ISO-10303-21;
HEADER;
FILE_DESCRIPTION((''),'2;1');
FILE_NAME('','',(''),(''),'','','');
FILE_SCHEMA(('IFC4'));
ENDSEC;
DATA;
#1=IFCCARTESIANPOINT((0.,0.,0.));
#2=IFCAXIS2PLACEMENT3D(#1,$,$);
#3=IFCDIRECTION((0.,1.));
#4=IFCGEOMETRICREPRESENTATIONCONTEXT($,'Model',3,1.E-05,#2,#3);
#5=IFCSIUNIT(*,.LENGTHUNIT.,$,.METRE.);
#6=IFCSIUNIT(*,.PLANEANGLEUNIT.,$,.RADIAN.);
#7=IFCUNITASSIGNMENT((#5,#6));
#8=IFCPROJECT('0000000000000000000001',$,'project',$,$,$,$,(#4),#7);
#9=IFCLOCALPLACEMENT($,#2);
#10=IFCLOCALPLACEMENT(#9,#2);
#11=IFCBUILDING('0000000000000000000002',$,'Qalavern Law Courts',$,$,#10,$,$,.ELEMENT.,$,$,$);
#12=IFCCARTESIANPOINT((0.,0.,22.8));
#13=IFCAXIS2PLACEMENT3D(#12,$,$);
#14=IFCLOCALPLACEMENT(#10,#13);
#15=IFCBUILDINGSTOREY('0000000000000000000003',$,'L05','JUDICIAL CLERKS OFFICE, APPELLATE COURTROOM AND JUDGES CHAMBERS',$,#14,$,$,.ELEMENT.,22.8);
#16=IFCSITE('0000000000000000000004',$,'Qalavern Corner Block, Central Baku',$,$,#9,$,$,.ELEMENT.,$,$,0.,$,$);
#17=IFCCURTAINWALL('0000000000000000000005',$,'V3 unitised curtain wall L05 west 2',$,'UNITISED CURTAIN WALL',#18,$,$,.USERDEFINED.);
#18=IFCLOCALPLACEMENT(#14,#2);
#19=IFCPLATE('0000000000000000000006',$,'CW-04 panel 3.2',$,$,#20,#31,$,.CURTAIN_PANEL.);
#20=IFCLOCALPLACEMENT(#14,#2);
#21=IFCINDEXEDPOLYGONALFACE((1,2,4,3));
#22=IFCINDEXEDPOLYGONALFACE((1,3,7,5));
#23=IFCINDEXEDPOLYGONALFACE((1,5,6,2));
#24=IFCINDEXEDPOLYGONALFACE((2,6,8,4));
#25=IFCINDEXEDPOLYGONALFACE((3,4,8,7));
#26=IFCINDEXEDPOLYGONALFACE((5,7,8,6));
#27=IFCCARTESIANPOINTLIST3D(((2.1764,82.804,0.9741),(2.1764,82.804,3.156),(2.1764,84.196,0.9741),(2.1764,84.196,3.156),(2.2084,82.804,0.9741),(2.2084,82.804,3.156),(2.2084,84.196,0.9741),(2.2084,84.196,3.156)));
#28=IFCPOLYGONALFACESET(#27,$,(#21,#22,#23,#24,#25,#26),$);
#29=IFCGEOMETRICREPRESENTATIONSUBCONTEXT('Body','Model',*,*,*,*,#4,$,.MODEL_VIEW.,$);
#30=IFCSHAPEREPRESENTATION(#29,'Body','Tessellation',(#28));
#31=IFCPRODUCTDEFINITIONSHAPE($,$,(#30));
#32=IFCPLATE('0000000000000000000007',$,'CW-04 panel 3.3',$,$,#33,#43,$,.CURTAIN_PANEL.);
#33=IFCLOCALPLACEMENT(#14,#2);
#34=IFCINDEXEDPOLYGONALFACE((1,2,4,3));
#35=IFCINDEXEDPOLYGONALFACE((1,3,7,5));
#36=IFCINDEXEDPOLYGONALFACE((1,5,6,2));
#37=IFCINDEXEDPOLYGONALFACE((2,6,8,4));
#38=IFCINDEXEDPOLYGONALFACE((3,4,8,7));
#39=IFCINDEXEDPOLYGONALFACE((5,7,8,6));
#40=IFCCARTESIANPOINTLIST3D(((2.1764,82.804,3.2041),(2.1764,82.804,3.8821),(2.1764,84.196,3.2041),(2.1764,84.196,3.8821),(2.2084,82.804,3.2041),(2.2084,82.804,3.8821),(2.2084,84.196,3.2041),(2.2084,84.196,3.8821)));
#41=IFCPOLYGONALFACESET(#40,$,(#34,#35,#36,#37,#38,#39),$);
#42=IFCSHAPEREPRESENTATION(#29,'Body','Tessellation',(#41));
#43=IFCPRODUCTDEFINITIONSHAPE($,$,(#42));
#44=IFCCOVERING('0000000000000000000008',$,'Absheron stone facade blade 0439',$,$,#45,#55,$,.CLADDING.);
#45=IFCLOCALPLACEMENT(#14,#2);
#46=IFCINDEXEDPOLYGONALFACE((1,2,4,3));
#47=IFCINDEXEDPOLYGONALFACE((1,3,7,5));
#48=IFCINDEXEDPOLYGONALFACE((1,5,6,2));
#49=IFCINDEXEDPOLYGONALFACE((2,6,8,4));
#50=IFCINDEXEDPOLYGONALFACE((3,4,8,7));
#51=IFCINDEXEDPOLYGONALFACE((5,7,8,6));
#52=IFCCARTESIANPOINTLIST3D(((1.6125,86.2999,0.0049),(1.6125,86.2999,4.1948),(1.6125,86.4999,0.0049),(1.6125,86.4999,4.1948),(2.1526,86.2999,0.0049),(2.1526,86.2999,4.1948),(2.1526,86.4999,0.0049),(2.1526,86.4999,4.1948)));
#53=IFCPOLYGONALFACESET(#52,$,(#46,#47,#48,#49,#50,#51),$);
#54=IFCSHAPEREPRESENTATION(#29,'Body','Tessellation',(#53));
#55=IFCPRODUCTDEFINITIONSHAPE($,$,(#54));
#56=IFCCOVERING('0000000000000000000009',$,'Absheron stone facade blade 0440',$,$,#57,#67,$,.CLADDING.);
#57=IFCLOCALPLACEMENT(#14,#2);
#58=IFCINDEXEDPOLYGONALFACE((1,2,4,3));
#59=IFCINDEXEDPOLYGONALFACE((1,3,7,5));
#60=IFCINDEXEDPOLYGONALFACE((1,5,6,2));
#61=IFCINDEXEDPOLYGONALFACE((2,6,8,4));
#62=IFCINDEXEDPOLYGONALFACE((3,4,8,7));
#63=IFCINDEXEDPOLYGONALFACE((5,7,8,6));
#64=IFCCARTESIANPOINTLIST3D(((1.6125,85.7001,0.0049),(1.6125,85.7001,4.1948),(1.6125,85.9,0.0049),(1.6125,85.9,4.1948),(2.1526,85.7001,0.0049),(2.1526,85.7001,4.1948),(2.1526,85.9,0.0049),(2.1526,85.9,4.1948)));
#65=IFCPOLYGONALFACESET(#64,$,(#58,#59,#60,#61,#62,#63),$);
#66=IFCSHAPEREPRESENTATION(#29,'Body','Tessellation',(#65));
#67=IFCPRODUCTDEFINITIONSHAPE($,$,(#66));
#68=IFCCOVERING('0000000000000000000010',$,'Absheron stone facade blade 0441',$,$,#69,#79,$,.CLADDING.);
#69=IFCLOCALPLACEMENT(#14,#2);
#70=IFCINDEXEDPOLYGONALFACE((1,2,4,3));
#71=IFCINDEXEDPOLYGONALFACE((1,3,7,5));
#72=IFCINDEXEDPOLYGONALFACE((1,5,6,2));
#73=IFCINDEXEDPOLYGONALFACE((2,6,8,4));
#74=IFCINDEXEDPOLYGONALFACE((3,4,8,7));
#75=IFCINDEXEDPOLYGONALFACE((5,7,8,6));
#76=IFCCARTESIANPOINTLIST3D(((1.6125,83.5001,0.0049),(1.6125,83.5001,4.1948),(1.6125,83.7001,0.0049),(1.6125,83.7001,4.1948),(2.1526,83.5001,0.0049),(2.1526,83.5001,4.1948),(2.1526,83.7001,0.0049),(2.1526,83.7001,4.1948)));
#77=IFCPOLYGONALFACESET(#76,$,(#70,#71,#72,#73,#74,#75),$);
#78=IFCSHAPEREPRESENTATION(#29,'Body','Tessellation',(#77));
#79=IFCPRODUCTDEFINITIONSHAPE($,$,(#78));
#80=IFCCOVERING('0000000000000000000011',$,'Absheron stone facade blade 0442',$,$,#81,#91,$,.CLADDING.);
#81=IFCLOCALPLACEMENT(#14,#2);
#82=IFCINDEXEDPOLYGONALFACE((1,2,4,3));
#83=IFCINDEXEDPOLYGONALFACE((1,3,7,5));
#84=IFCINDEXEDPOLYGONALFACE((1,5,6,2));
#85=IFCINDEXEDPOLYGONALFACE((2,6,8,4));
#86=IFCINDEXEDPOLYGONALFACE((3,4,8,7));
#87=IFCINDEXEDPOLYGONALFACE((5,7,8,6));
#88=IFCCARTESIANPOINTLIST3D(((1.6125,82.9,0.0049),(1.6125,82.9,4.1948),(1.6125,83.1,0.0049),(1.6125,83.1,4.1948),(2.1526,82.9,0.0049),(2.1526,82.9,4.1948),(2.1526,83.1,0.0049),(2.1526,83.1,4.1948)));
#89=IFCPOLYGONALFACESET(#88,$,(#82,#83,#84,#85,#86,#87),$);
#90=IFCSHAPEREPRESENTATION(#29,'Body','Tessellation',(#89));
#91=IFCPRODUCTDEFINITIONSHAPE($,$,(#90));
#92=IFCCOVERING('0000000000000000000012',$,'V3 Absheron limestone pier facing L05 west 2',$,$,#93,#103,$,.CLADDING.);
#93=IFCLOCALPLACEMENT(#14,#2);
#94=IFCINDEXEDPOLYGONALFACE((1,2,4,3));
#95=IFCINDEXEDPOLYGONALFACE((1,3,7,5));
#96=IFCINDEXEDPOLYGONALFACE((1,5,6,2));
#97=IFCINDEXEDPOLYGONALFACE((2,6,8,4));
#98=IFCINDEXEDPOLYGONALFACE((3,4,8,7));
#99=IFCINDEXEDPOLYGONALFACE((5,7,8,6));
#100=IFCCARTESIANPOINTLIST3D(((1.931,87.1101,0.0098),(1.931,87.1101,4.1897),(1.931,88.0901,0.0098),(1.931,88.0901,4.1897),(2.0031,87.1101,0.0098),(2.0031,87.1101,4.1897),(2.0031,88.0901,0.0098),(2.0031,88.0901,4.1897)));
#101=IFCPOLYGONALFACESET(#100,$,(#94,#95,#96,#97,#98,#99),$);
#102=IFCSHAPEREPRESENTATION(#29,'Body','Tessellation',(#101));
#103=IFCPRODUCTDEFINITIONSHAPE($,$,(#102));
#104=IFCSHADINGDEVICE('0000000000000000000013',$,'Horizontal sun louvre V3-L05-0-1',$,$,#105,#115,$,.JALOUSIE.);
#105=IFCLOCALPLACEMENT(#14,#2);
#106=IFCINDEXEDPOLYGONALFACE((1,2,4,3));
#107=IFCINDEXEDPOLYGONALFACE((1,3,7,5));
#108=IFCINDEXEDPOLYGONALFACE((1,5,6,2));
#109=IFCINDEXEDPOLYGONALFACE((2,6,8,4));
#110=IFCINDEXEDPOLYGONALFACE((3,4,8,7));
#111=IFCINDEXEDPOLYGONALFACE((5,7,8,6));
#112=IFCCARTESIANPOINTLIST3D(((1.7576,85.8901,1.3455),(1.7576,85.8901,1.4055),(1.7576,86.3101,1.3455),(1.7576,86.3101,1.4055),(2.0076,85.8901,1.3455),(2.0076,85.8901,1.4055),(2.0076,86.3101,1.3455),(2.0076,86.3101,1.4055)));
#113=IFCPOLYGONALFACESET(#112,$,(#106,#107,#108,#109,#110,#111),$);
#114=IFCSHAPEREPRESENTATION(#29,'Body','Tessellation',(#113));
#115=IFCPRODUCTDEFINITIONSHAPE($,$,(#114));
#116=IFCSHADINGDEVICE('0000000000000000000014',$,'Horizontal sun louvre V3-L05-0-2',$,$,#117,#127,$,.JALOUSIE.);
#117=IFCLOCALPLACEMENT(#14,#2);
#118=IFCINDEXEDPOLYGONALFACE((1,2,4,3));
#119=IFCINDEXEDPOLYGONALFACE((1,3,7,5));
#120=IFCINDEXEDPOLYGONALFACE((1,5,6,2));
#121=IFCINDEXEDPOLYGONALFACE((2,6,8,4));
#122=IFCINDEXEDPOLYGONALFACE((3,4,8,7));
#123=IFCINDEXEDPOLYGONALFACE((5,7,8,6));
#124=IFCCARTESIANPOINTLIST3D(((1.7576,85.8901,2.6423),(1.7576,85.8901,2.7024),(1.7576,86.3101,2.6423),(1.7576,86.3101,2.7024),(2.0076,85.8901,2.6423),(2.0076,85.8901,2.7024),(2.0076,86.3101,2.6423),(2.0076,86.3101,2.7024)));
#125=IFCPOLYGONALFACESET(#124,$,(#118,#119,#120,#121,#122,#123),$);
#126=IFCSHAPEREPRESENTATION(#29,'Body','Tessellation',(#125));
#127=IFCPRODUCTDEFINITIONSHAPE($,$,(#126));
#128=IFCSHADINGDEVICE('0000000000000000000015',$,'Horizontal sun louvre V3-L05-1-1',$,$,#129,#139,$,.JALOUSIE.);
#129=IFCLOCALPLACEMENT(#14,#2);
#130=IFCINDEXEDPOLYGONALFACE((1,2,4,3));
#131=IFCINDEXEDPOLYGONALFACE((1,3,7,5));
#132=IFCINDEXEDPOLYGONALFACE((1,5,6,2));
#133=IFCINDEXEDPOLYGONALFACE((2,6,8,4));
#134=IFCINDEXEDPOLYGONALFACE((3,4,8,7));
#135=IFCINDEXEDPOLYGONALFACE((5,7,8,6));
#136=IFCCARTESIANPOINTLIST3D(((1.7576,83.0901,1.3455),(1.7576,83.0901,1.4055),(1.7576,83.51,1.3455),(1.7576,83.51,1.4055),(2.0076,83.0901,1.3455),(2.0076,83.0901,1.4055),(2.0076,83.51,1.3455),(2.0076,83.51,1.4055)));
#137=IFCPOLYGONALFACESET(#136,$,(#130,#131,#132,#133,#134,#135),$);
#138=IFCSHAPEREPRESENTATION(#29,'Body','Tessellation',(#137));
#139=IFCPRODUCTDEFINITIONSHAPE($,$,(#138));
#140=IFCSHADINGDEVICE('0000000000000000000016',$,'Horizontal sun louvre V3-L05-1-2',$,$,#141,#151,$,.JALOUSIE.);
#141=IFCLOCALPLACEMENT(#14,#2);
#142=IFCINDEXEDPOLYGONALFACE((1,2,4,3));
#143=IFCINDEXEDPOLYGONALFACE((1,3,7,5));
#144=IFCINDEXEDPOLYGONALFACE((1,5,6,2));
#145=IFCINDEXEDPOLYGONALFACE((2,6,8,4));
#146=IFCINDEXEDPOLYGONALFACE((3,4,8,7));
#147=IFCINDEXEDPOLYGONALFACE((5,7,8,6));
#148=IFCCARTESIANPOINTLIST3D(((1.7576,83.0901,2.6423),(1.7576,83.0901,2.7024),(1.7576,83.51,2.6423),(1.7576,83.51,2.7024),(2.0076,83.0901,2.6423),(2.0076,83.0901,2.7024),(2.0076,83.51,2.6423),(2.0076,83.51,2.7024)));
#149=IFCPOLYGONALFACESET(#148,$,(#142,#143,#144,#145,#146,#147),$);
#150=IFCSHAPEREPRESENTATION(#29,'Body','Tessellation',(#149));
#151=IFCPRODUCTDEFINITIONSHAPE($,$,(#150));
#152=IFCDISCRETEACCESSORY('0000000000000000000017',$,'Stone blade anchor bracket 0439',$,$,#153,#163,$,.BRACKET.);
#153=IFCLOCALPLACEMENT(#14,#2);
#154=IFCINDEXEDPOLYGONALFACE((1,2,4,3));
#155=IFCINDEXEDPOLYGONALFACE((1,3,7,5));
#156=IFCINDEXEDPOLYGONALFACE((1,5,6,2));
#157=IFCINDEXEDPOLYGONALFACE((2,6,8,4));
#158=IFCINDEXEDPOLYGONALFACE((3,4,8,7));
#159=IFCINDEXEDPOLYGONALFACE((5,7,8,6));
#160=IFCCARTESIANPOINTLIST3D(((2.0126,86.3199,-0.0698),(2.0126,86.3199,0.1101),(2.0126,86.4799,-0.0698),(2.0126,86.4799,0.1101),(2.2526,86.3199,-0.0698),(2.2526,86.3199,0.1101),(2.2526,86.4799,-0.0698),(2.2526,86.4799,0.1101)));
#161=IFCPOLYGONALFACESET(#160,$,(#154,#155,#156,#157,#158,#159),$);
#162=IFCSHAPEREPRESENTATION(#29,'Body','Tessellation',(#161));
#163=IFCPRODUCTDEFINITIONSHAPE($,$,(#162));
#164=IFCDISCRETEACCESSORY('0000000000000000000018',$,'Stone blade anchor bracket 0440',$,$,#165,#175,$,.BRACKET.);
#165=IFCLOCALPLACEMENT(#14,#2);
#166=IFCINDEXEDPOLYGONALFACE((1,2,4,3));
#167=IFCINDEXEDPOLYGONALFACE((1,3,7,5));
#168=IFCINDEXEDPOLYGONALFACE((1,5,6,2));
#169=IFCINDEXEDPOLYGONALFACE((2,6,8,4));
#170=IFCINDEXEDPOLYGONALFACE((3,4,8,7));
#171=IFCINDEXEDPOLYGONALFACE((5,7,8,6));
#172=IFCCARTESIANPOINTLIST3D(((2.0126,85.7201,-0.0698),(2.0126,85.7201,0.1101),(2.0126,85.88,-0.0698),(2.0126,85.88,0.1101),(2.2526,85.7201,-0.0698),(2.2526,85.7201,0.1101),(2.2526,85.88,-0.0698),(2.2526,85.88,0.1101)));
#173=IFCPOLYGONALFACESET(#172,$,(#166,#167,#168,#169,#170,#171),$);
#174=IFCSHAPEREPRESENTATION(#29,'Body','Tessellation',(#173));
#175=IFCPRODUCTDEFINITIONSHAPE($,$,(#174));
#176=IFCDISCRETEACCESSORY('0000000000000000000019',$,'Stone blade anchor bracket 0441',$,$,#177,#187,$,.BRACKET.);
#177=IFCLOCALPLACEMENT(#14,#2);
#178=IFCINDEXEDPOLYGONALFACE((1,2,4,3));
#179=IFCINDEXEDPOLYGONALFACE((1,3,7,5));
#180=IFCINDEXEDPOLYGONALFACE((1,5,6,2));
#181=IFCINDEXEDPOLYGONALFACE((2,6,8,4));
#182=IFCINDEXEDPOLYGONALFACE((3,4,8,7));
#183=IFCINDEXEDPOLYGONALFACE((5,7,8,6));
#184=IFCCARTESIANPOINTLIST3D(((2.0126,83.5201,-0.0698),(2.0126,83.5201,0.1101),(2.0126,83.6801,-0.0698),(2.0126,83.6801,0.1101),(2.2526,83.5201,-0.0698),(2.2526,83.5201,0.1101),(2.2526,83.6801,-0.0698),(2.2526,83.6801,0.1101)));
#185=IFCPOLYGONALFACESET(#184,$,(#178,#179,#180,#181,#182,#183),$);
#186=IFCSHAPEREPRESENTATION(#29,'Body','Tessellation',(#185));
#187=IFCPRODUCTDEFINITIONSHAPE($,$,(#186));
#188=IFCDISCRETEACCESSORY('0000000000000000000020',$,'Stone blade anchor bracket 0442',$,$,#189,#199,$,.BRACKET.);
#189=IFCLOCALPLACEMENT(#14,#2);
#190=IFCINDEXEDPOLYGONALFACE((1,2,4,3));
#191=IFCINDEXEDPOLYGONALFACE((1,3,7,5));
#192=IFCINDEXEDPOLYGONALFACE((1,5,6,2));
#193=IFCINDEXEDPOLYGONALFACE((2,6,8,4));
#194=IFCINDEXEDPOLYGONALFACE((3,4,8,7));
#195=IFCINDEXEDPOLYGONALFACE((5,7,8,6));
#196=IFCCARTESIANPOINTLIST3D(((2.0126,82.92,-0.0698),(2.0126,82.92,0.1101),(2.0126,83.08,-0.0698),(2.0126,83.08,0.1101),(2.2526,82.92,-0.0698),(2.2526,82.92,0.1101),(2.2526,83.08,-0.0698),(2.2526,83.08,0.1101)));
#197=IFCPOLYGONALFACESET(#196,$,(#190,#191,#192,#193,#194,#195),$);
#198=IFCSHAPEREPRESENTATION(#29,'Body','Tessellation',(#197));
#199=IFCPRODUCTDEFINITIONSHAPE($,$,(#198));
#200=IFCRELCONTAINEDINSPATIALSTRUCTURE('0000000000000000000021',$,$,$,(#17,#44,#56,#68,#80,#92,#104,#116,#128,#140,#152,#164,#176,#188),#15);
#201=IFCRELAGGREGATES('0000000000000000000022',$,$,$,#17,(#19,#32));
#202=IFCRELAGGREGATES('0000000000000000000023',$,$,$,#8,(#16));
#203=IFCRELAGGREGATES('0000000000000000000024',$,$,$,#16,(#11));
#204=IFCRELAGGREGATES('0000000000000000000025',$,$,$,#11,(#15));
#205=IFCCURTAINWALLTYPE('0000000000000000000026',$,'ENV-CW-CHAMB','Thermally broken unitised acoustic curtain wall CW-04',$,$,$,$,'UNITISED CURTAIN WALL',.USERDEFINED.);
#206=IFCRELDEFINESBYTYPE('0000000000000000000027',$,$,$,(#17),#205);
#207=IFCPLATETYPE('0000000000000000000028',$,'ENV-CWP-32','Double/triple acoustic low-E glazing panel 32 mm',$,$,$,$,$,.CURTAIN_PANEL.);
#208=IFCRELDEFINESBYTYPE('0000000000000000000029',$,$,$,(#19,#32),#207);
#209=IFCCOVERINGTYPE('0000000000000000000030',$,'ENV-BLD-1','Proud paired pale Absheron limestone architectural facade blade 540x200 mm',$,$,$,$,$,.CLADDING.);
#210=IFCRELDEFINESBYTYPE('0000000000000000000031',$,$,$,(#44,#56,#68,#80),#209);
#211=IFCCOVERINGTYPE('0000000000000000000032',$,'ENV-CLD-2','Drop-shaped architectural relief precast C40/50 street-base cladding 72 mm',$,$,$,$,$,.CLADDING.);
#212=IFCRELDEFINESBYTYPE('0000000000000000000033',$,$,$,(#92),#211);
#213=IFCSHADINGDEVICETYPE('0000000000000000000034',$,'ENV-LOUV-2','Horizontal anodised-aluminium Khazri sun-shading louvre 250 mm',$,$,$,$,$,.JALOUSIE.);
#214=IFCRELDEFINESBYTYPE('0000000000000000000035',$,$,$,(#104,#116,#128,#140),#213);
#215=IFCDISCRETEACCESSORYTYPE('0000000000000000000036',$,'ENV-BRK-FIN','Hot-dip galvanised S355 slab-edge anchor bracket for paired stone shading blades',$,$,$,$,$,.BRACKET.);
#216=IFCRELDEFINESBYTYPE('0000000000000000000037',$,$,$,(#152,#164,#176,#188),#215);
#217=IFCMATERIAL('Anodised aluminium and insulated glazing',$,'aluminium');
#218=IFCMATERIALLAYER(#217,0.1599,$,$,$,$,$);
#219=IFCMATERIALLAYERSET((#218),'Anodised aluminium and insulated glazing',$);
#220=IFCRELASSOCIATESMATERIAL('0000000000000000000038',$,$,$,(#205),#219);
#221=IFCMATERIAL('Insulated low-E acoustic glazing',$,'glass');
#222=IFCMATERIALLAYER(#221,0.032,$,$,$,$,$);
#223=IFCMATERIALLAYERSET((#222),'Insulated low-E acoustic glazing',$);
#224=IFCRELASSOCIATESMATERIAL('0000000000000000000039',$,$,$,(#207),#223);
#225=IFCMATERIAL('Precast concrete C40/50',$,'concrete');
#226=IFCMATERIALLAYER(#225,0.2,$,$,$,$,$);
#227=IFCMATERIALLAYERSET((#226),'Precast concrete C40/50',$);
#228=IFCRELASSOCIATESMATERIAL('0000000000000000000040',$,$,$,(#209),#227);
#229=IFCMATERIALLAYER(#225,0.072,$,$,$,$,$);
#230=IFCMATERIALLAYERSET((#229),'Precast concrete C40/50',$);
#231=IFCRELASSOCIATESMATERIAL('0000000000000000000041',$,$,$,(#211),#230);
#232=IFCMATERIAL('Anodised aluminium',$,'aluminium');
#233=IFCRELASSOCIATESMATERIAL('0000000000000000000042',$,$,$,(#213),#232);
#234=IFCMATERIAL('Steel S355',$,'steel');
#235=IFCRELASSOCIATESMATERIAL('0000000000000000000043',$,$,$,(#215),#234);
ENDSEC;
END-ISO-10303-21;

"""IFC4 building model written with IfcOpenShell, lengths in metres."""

from ifc_helpers import new_model, si_unit, direction, frame, origin, origin_2d, place, context, subcontext, project, spatial, rectangle, extrude, material, layer, layer_set, type_object, element, aggregate, save


model = new_model("IFC4")

# Units and contexts
model_context = context("Model", 3, precision=1e-05, world=origin(), true_north=direction((0.0, 1.0)))
body_context = subcontext(model_context, "Body", "Model", "MODEL_VIEW")
ifc_project = project(units=[si_unit("LENGTHUNIT", "METRE"), si_unit("PLANEANGLEUNIT", "RADIAN")], contexts=[model_context])

# Site, building, storey
site_placement = place(None, origin())
site = spatial("IfcSite", under=ifc_project, at=site_placement, Name="Qalavern Corner Block, Central Baku", CompositionType="ELEMENT", RefElevation=0.0)
building_placement = place(site_placement, origin())
building = spatial("IfcBuilding", under=site, at=building_placement, Name="Qalavern Law Courts", CompositionType="ELEMENT")
storey_placement = place(building_placement, frame((0.0, 0.0, 22.8)))
storey = spatial("IfcBuildingStorey", under=building, at=storey_placement, Name="L05", Description="JUDICIAL CLERKS OFFICE, APPELLATE COURTROOM AND JUDGES CHAMBERS", CompositionType="ELEMENT", Elevation=22.8)

# Curtain wall, plates
ifc_material_1 = material(Name="Anodised aluminium and insulated glazing", Category="aluminium")
ifc_layer_1 = layer(ifc_material_1, 0.1599)
ifc_layer_set_1 = layer_set([ifc_layer_1], Name="Anodised aluminium and insulated glazing")
curtain_wall_type = type_object("IfcCurtainWallType", Name="ENV-CW-CHAMB", Description="Thermally broken unitised acoustic curtain wall CW-04", ElementType="UNITISED CURTAIN WALL", PredefinedType="USERDEFINED", material=ifc_layer_set_1)
curtain_wall_placement = place(storey_placement, origin())
curtain_wall = element("IfcCurtainWall", 1, at=curtain_wall_placement, inside=storey, type_object=curtain_wall_type, Name="V3 unitised curtain wall L05 west 2", ObjectType="UNITISED CURTAIN WALL", PredefinedType="USERDEFINED")
ifc_material_2 = material(Name="Anodised aluminium", Category="aluminium")
ifc_material_3 = material(Name="Insulated low-E acoustic glazing", Category="glass")
ifc_layer_2 = layer(ifc_material_3, 0.032)
ifc_layer_set_2 = layer_set([ifc_layer_2], Name="Insulated low-E acoustic glazing")
plate_type = type_object("IfcPlateType", Name="ENV-CWP-32", Description="Double/triple acoustic low-E glazing panel 32 mm", PredefinedType="CURTAIN_PANEL", material=ifc_layer_set_2)
plate_1_placement = place(storey_placement, frame((2.1924, 83.5, 0.9741), z_axis=(0.0, 0.0, 1.0), x_axis=(0.0, -1.0, 0.0)))
plate_1 = element("IfcPlate", 2, at=plate_1_placement, type_object=plate_type, Name="CW-04 panel 3.2", PredefinedType="CURTAIN_PANEL", context=body_context, shape_type="SweptSolid", body=[
    extrude(rectangle(XDim=1.3921, YDim=0.032, at=origin_2d()), origin(), (0.0, 0.0, 1.0), 2.1819),
])
plate_2_placement = place(storey_placement, frame((2.1924, 83.5, 3.2041), z_axis=(0.0, 0.0, 1.0), x_axis=(0.0, -1.0, 0.0)))
plate_2 = element("IfcPlate", 3, at=plate_2_placement, type_object=plate_type, Name="CW-04 panel 3.3", PredefinedType="CURTAIN_PANEL", context=body_context, shape_type="SweptSolid", body=[
    extrude(rectangle(XDim=1.3921, YDim=0.032, at=origin_2d()), origin(), (0.0, 0.0, 1.0), 0.678),
])
aggregate(curtain_wall, [plate_1, plate_2])

# Coverings
ifc_material_4 = material(Name="Precast concrete C40/50", Category="concrete")
ifc_layer_3 = layer(ifc_material_4, 0.2)
ifc_layer_set_3 = layer_set([ifc_layer_3], Name="Precast concrete C40/50")
covering_type_1 = type_object("IfcCoveringType", Name="ENV-BLD-1", Description="Proud paired pale Absheron limestone architectural facade blade 540x200 mm", PredefinedType="CLADDING", material=ifc_layer_set_3)
for number, where, z_axis, x_axis, name in (
    (4, (1.8826, 86.3999, 0.0049), (0.0, 0.0, 1.0), (-1.0, 0.0, 0.0), "Absheron stone facade blade 0439"),
    (5, (1.8826, 85.8, 0.0049), (0.0, 0.0, 1.0), (-1.0, 0.0, 0.0), "Absheron stone facade blade 0440"),
    (6, (1.8826, 83.6001, 0.0049), (0.0, 0.0, 1.0), (-1.0, 0.0, 0.0), "Absheron stone facade blade 0441"),
    (7, (1.8826, 83.0, 0.0049), (0.0, 0.0, 1.0), (-1.0, 0.0, 0.0), "Absheron stone facade blade 0442"),
):
    element("IfcCovering", number, at=place(storey_placement, frame(where, z_axis=z_axis, x_axis=x_axis)), inside=storey, type_object=covering_type_1, Name=name, PredefinedType="CLADDING", context=body_context, shape_type="SweptSolid", body=[
        extrude(rectangle(XDim=0.54, YDim=0.2, at=origin_2d()), origin(), (0.0, 0.0, 1.0), 4.1899),
    ])
ifc_layer_4 = layer(ifc_material_4, 0.072)
ifc_layer_set_4 = layer_set([ifc_layer_4], Name="Precast concrete C40/50")
covering_type_2 = type_object("IfcCoveringType", Name="ENV-CLD-2", Description="Drop-shaped architectural relief precast C40/50 street-base cladding 72 mm", PredefinedType="CLADDING", material=ifc_layer_set_4)
covering_placement = place(storey_placement, frame((1.967, 87.6001, 0.0098), z_axis=(0.0, 0.0, 1.0), x_axis=(0.0, -1.0, 0.0)))
element("IfcCovering", 8, at=covering_placement, inside=storey, type_object=covering_type_2, Name="V3 Absheron limestone pier facing L05 west 2", PredefinedType="CLADDING", context=body_context, shape_type="SweptSolid", body=[
    extrude(rectangle(XDim=0.98, YDim=0.072, at=origin_2d()), origin(), (0.0, 0.0, 1.0), 4.1799),
])

# Shading devices
shading_device_type = type_object("IfcShadingDeviceType", Name="ENV-LOUV-2", Description="Horizontal anodised-aluminium Khazri sun-shading louvre 250 mm", PredefinedType="JALOUSIE", material=ifc_material_2)
for number, where, z_axis, x_axis, name in (
    (9, (1.8826, 86.1001, 1.3455), (0.0, 0.0, 1.0), (0.0, -1.0, 0.0), "Horizontal sun louvre V3-L05-0-1"),
    (10, (1.8826, 86.1001, 2.6423), (0.0, 0.0, 1.0), (0.0, -1.0, 0.0), "Horizontal sun louvre V3-L05-0-2"),
    (11, (1.8826, 83.3, 1.3455), (0.0, 0.0, 1.0), (0.0, -1.0, 0.0), "Horizontal sun louvre V3-L05-1-1"),
    (12, (1.8826, 83.3, 2.6423), (0.0, 0.0, 1.0), (0.0, -1.0, 0.0), "Horizontal sun louvre V3-L05-1-2"),
):
    element("IfcShadingDevice", number, at=place(storey_placement, frame(where, z_axis=z_axis, x_axis=x_axis)), inside=storey, type_object=shading_device_type, Name=name, PredefinedType="JALOUSIE", context=body_context, shape_type="SweptSolid", body=[
        extrude(rectangle(XDim=0.4199, YDim=0.25, at=origin_2d()), origin(), (0.0, 0.0, 1.0), 0.0601),
    ])

# Discrete accessories
ifc_material_5 = material(Name="Steel S355", Category="steel")
discrete_accessory_type = type_object("IfcDiscreteAccessoryType", Name="ENV-BRK-FIN", Description="Hot-dip galvanised S355 slab-edge anchor bracket for paired stone shading blades", PredefinedType="BRACKET", material=ifc_material_5)
for number, where, z_axis, x_axis, name in (
    (13, (2.1326, 86.3999, -0.0698), (0.0, 0.0, 1.0), (-1.0, 0.0, 0.0), "Stone blade anchor bracket 0439"),
    (14, (2.1326, 85.8, -0.0698), (0.0, 0.0, 1.0), (-1.0, 0.0, 0.0), "Stone blade anchor bracket 0440"),
    (15, (2.1326, 83.6001, -0.0698), (0.0, 0.0, 1.0), (-1.0, 0.0, 0.0), "Stone blade anchor bracket 0441"),
    (16, (2.1326, 83.0, -0.0698), (0.0, 0.0, 1.0), (-1.0, 0.0, 0.0), "Stone blade anchor bracket 0442"),
):
    element("IfcDiscreteAccessory", number, at=place(storey_placement, frame(where, z_axis=z_axis, x_axis=x_axis)), inside=storey, type_object=discrete_accessory_type, Name=name, PredefinedType="BRACKET", context=body_context, shape_type="SweptSolid", body=[
        extrude(rectangle(XDim=0.24, YDim=0.1599, at=origin_2d()), origin(), (0.0, 0.0, 1.0), 0.1799),
    ])

save(model, "model.ifc")
